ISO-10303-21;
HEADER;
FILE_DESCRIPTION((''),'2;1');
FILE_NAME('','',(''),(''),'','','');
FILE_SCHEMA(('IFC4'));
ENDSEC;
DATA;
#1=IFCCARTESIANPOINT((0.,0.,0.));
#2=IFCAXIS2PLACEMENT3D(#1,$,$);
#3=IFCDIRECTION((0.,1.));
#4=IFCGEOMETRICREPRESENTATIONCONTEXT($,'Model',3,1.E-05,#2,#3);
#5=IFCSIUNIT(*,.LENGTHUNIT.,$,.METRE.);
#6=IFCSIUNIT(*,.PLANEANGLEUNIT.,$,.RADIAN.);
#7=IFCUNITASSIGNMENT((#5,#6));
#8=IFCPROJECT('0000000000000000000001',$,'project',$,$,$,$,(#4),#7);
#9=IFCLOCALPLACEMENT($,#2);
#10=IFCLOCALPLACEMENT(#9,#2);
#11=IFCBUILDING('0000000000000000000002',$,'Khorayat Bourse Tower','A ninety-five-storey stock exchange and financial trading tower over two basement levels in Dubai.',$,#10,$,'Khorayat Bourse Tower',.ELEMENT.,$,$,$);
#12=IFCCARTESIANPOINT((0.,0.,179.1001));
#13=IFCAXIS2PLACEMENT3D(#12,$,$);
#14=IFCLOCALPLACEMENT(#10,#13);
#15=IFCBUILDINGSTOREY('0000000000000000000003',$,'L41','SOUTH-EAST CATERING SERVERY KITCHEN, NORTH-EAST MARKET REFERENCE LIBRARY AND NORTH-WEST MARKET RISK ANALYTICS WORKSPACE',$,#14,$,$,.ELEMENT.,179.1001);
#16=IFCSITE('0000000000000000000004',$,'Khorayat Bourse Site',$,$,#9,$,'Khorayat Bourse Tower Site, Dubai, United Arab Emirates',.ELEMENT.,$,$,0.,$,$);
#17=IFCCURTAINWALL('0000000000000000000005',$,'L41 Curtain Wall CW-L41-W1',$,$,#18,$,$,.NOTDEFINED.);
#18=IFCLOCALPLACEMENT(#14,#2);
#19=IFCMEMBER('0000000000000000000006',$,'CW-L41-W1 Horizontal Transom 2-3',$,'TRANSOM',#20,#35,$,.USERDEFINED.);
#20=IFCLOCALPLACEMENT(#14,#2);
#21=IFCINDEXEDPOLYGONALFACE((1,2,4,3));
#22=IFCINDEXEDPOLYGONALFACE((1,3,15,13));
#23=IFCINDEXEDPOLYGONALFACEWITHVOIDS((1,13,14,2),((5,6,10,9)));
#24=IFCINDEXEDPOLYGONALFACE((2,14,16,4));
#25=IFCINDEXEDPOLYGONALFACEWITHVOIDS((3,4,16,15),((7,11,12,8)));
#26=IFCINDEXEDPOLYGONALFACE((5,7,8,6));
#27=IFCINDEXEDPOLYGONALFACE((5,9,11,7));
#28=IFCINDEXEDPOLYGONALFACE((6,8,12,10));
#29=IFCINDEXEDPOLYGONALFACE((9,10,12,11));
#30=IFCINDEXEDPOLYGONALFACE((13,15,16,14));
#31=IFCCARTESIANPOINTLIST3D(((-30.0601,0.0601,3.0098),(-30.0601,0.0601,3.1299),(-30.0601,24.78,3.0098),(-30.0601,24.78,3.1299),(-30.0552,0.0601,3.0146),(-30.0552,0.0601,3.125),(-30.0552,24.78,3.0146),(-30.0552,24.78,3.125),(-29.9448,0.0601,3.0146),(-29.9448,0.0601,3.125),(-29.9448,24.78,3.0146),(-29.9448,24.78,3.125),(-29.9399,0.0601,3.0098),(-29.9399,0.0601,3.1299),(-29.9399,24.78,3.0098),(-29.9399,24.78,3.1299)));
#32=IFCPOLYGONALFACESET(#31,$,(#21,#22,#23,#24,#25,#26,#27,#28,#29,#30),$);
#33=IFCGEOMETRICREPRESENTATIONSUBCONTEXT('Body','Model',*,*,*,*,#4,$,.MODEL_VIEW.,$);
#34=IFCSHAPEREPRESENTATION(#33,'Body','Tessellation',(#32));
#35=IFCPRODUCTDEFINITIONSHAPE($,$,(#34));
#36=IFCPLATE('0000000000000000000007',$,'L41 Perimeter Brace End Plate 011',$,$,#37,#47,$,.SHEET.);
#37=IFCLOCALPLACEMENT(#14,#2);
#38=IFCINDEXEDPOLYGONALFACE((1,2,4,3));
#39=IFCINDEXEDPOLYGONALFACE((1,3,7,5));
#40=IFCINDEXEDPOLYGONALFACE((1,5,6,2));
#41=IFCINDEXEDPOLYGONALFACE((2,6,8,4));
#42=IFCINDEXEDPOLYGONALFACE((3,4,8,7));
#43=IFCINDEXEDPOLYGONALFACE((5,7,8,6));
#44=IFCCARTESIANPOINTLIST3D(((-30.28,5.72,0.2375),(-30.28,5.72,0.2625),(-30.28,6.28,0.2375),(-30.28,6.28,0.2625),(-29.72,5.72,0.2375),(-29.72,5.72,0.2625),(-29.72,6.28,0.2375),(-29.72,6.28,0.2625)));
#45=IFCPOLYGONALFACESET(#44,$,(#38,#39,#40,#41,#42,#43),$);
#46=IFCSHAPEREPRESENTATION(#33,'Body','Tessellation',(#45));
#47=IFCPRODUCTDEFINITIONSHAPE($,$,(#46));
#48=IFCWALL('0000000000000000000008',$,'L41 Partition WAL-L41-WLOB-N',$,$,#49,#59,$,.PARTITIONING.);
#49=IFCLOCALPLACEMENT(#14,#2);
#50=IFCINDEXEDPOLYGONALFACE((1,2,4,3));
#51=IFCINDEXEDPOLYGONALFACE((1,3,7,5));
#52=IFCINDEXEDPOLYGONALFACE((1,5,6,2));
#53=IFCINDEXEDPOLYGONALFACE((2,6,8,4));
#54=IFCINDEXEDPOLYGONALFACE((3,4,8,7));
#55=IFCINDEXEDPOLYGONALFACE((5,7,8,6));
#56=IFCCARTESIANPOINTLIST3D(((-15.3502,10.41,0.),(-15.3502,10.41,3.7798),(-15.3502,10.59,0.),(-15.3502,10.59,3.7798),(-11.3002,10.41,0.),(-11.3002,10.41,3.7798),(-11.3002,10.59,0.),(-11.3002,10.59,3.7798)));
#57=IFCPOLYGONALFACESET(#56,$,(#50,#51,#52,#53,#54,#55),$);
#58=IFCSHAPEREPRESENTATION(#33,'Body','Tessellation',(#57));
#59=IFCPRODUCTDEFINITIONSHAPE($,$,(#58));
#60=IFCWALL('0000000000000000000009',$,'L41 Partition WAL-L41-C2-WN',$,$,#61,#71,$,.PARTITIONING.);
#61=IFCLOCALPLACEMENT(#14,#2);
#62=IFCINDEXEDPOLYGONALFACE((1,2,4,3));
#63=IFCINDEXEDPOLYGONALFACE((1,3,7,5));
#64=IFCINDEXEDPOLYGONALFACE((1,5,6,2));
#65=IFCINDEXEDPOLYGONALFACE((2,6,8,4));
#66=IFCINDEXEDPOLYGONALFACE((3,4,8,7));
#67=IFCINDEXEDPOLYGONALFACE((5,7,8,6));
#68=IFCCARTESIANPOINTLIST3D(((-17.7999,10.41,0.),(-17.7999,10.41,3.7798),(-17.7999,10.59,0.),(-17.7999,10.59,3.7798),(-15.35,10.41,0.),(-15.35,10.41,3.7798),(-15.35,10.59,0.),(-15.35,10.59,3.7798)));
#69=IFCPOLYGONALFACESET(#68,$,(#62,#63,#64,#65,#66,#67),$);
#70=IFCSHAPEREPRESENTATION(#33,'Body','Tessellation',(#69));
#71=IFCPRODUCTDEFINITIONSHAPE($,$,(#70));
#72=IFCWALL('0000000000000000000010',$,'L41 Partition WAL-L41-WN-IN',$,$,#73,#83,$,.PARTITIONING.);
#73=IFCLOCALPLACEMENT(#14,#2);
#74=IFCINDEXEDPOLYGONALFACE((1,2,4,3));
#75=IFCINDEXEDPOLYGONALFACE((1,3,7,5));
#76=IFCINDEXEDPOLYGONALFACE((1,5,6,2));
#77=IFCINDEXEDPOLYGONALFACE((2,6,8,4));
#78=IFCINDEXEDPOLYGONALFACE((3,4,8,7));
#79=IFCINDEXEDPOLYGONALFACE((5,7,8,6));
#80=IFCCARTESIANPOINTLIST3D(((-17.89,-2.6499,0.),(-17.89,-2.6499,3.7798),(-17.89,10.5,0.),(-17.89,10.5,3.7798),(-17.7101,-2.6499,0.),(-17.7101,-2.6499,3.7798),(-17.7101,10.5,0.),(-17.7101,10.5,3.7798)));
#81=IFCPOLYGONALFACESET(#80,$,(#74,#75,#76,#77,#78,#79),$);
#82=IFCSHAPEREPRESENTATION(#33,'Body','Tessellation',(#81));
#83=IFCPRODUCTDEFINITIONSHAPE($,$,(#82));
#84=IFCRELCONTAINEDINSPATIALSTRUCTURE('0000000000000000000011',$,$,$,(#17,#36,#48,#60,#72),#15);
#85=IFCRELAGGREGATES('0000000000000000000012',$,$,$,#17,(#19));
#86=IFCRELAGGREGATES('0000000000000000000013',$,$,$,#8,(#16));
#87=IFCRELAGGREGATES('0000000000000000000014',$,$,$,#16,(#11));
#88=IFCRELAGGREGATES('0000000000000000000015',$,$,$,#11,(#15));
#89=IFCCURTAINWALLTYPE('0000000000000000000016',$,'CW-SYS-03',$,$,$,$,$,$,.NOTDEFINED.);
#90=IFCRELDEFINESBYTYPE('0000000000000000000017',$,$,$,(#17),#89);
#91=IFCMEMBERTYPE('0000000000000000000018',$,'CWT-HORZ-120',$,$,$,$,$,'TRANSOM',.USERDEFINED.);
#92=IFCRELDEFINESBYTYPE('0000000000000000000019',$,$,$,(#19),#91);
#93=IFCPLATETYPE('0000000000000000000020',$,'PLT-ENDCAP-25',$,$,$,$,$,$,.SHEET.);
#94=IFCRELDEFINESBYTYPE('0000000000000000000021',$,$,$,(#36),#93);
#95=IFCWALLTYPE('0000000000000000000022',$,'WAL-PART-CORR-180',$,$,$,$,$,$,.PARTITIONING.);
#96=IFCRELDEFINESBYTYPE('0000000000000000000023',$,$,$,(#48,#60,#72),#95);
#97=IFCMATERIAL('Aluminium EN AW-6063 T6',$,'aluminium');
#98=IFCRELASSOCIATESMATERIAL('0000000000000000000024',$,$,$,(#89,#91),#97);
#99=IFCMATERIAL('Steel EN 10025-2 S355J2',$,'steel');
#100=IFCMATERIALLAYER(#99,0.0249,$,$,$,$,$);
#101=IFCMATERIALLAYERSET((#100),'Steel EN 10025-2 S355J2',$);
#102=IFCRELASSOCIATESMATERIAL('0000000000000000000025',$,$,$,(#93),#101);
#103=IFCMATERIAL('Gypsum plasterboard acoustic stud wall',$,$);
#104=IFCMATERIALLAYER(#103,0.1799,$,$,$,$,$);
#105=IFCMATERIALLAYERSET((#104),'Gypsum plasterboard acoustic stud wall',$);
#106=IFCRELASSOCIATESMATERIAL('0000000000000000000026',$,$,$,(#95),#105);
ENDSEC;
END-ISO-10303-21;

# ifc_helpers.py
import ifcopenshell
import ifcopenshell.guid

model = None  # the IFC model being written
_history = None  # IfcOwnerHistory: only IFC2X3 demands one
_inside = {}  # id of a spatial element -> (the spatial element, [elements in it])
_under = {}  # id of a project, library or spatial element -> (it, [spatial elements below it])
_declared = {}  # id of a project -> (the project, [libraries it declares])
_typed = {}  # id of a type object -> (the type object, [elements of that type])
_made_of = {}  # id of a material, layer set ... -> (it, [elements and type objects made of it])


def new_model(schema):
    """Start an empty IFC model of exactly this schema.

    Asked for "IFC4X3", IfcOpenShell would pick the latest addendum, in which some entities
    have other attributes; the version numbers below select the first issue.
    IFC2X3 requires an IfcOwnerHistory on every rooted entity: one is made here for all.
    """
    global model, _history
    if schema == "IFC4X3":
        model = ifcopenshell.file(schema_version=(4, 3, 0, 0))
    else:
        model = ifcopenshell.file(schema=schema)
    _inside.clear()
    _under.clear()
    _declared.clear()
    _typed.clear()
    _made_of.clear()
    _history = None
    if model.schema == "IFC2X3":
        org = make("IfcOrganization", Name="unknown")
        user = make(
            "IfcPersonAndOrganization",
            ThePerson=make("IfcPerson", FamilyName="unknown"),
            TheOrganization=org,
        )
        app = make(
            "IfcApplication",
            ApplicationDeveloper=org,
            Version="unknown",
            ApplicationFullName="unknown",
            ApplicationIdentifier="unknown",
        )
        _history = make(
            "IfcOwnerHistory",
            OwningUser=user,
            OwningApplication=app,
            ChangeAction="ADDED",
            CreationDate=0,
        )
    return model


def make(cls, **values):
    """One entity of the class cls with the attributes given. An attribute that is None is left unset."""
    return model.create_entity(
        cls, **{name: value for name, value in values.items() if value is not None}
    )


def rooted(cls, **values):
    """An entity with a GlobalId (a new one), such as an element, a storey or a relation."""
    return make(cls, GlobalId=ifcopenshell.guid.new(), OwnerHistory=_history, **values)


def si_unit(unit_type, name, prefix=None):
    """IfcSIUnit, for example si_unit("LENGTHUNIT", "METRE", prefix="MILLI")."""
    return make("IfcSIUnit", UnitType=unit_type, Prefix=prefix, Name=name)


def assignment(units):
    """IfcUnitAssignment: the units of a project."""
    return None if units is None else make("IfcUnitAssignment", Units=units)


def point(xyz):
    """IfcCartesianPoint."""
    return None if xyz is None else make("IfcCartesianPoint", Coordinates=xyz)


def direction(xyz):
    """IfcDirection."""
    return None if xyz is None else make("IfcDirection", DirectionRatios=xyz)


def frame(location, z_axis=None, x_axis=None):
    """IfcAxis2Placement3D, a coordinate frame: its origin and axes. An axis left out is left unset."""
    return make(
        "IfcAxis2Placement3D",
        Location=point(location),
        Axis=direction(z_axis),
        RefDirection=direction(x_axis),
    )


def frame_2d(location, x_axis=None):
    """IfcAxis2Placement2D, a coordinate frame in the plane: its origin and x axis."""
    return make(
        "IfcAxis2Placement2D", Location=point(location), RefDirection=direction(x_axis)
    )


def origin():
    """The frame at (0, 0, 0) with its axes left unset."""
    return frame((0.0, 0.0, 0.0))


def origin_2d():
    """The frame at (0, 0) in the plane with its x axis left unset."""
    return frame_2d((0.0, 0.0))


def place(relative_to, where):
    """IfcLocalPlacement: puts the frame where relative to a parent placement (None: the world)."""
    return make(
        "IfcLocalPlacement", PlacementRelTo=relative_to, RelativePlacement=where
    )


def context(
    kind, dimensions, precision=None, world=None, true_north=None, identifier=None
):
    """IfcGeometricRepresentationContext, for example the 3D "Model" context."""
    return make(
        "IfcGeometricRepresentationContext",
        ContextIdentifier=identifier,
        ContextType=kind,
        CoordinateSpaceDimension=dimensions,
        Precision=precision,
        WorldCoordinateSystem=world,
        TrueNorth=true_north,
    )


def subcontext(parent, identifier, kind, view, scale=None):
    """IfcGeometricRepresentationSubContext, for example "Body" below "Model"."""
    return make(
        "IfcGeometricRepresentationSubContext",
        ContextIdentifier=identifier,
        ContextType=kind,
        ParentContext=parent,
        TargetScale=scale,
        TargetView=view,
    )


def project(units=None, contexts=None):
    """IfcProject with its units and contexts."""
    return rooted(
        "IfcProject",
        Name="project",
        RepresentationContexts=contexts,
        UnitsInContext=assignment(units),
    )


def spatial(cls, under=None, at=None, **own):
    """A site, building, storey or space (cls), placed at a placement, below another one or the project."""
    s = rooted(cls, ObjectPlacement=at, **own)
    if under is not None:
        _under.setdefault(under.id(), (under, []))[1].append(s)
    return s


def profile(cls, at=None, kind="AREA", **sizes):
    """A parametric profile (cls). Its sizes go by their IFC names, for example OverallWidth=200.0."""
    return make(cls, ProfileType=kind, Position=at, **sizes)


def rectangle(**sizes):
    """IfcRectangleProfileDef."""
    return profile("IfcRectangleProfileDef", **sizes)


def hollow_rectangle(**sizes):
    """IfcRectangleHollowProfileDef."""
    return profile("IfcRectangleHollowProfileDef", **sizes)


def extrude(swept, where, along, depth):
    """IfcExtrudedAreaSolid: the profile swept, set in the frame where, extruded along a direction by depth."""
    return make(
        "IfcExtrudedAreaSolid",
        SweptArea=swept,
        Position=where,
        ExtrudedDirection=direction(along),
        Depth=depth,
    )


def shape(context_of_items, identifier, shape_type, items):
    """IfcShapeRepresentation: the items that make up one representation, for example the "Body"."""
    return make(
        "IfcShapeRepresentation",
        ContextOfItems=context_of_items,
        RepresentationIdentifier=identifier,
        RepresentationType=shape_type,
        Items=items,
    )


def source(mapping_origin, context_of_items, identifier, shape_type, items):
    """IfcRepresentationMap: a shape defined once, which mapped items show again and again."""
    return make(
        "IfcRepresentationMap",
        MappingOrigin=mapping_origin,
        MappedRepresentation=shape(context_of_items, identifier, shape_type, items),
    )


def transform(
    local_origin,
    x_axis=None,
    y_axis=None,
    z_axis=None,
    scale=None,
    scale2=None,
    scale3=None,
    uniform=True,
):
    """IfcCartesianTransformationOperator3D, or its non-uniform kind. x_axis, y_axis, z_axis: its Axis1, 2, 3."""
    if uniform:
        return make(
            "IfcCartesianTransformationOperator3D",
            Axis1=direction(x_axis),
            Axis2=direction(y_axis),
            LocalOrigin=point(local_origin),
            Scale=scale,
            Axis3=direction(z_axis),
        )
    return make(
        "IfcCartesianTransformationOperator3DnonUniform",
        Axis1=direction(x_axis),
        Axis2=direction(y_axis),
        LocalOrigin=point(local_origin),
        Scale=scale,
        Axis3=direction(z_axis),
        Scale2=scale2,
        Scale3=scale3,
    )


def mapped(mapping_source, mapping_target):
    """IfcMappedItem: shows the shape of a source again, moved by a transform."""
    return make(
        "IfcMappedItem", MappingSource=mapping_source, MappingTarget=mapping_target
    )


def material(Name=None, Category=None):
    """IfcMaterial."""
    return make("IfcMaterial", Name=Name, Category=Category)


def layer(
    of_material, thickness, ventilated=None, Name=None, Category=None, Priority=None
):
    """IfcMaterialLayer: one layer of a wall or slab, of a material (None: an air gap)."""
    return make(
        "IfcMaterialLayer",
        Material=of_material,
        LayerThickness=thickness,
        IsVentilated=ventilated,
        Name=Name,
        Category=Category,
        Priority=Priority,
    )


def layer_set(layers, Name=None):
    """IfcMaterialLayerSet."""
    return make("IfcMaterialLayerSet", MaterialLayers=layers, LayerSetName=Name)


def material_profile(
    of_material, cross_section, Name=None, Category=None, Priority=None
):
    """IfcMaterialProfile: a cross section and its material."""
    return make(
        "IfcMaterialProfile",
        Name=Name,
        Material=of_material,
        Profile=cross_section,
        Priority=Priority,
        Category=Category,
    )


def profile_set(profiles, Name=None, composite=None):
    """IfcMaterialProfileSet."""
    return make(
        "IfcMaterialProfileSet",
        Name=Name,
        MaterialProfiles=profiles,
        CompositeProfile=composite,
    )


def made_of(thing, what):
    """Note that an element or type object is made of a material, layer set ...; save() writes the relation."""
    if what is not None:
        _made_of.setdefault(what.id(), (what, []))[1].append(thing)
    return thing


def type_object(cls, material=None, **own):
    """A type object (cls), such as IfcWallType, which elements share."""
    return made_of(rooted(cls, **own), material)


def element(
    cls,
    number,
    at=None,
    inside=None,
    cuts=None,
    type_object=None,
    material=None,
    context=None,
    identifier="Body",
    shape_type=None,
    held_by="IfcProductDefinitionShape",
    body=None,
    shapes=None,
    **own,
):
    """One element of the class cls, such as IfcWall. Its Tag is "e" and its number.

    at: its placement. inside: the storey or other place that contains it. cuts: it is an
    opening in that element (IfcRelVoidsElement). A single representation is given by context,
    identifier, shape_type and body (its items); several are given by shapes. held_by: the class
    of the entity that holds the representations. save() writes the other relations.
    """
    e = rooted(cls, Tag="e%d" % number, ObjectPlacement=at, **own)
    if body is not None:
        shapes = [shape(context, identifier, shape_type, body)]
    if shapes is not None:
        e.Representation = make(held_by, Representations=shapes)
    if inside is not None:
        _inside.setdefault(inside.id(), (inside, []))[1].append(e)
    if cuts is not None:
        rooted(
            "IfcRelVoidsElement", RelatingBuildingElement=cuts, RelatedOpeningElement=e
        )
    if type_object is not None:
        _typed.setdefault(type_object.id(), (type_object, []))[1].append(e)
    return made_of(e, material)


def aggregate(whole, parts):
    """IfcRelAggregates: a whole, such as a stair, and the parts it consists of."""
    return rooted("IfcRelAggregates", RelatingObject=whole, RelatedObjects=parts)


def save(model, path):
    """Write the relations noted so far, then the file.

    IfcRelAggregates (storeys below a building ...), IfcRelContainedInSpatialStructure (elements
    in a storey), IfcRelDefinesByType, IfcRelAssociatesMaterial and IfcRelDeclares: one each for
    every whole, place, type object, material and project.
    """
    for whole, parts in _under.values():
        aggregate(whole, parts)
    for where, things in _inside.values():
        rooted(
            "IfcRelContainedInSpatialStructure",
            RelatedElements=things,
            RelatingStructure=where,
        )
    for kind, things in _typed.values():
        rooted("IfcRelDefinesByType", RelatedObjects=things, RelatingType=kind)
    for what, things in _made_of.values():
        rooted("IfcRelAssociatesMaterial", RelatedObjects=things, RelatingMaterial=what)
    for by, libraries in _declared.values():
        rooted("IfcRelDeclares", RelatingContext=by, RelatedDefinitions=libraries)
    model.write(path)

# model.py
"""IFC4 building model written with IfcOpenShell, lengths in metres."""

from ifc_helpers import new_model, si_unit, direction, frame, frame_2d, origin, origin_2d, place, context, subcontext, project, spatial, rectangle, hollow_rectangle, extrude, source, transform, mapped, material, layer, layer_set, material_profile, profile_set, type_object, element, aggregate, save


model = new_model("IFC4")

# Units and contexts
model_context = context("Model", 3, precision=1e-05, world=origin(), true_north=direction((0.0, 1.0)))
body_context = subcontext(model_context, "Body", "Model", "MODEL_VIEW")
ifc_project = project(units=[si_unit("LENGTHUNIT", "METRE"), si_unit("PLANEANGLEUNIT", "RADIAN")], contexts=[model_context])

# Site, building, storey
site_placement = place(None, origin())
site = spatial("IfcSite", under=ifc_project, at=site_placement, Name="Khorayat Bourse Site", LongName="Khorayat Bourse Tower Site, Dubai, United Arab Emirates", CompositionType="ELEMENT", RefElevation=0.0)
building_placement = place(site_placement, origin())
building = spatial("IfcBuilding", under=site, at=building_placement, Name="Khorayat Bourse Tower", Description="A ninety-five-storey stock exchange and financial trading tower over two basement levels in Dubai.", LongName="Khorayat Bourse Tower", CompositionType="ELEMENT")
storey_placement = place(building_placement, frame((0.0, 0.0, 179.1001)))
storey = spatial("IfcBuildingStorey", under=building, at=storey_placement, Name="L41", Description="SOUTH-EAST CATERING SERVERY KITCHEN, NORTH-EAST MARKET REFERENCE LIBRARY AND NORTH-WEST MARKET RISK ANALYTICS WORKSPACE", CompositionType="ELEMENT", Elevation=179.1001)

# Curtain wall, member
ifc_material_1 = material(Name="Aluminium EN AW-6063 T6", Category="aluminium")
curtain_wall_type = type_object("IfcCurtainWallType", Name="CW-SYS-03", PredefinedType="NOTDEFINED", material=ifc_material_1)
curtain_wall_placement = place(storey_placement, origin())
curtain_wall = element("IfcCurtainWall", 1, at=curtain_wall_placement, inside=storey, type_object=curtain_wall_type, Name="L41 Curtain Wall CW-L41-W1", PredefinedType="NOTDEFINED")
ifc_material_profile_1 = material_profile(ifc_material_1, hollow_rectangle(XDim=0.1201, YDim=0.1201, WallThickness=0.0049, at=origin_2d()), Name="ALU 120x120x5")
ifc_profile_set_1 = profile_set([ifc_material_profile_1], Name="Aluminium EN AW-6063 T6")
member_type_1 = type_object("IfcMemberType", Name="CWT-HORZ-120", ElementType="TRANSOM", PredefinedType="USERDEFINED", material=ifc_profile_set_1)
shared_shape_1 = source(origin(), body_context, "Body", "SweptSolid", [
    extrude(hollow_rectangle(XDim=0.1201, YDim=0.1201, WallThickness=0.0049, at=origin_2d()), origin(), (0.0, 0.0, 1.0), 24.72),
])
member_1_placement = place(storey_placement, frame((-30.0, 0.0601, 3.0698), z_axis=(0.0, 1.0, 0.0), x_axis=(-1.0, 0.0, 0.0)))
member_1 = element("IfcMember", 2, at=member_1_placement, type_object=member_type_1, Name="CW-L41-W1 Horizontal Transom 2-3", ObjectType="TRANSOM", PredefinedType="USERDEFINED", context=body_context, shape_type="MappedRepresentation", body=[
    mapped(shared_shape_1, transform((0.0, 0.0, 0.0), scale=1.0)),
])
aggregate(curtain_wall, [member_1])

# Plate
ifc_material_2 = material(Name="Steel EN 10025-2 S355J2", Category="steel")
ifc_layer_1 = layer(ifc_material_2, 0.0249)
ifc_layer_set_1 = layer_set([ifc_layer_1], Name="Steel EN 10025-2 S355J2")
plate_type = type_object("IfcPlateType", Name="PLT-ENDCAP-25", PredefinedType="SHEET", material=ifc_layer_set_1)
shared_shape_2 = source(origin(), body_context, "Body", "SweptSolid", [
    extrude(rectangle(XDim=0.5601, YDim=0.5601, at=origin_2d()), origin(), (0.0, 0.0, 1.0), 0.0249),
])
plate_placement = place(storey_placement, frame((-30.0, 6.0, 0.2375), z_axis=(0.0, 0.0, 1.0), x_axis=(1.0, 0.0, 0.0)))
element("IfcPlate", 3, at=plate_placement, inside=storey, type_object=plate_type, Name="L41 Perimeter Brace End Plate 011", PredefinedType="SHEET", context=body_context, shape_type="MappedRepresentation", body=[
    mapped(shared_shape_2, transform((0.0, 0.0, 0.0), scale=1.0)),
])

# Walls
ifc_material_3 = material(Name="Gypsum plasterboard acoustic stud wall")
ifc_layer_2 = layer(ifc_material_3, 0.1799)
ifc_layer_set_2 = layer_set([ifc_layer_2], Name="Gypsum plasterboard acoustic stud wall")
wall_type = type_object("IfcWallType", Name="WAL-PART-CORR-180", PredefinedType="PARTITIONING", material=ifc_layer_set_2)
shared_shape_3 = source(origin(), body_context, "Body", "SweptSolid", [
    extrude(rectangle(XDim=4.05, YDim=0.1799, at=frame_2d((2.0249, 0.0))), origin(), (0.0, 0.0, 1.0), 3.7798),
])
wall_1_placement = place(storey_placement, frame((-15.3501, 10.5, 0.0), z_axis=(0.0, 0.0, 1.0), x_axis=(1.0, 0.0, 0.0)))
element("IfcWall", 4, at=wall_1_placement, inside=storey, type_object=wall_type, Name="L41 Partition WAL-L41-WLOB-N", PredefinedType="PARTITIONING", context=body_context, shape_type="MappedRepresentation", body=[
    mapped(shared_shape_3, transform((0.0, 0.0, 0.0), scale=1.0)),
])
shared_shape_4 = source(origin(), body_context, "Body", "SweptSolid", [
    extrude(rectangle(XDim=2.45, YDim=0.1799, at=frame_2d((1.2251, 0.0))), origin(), (0.0, 0.0, 1.0), 3.7798),
])
wall_2_placement = place(storey_placement, frame((-17.8, 10.5, 0.0), z_axis=(0.0, 0.0, 1.0), x_axis=(1.0, 0.0, 0.0)))
element("IfcWall", 5, at=wall_2_placement, inside=storey, type_object=wall_type, Name="L41 Partition WAL-L41-C2-WN", PredefinedType="PARTITIONING", context=body_context, shape_type="MappedRepresentation", body=[
    mapped(shared_shape_4, transform((0.0, 0.0, 0.0), scale=1.0)),
])
shared_shape_5 = source(origin(), body_context, "Body", "SweptSolid", [
    extrude(rectangle(XDim=13.1499, YDim=0.1799, at=frame_2d((6.575, 0.0))), origin(), (0.0, 0.0, 1.0), 3.7798),
])
wall_3_placement = place(storey_placement, frame((-17.8, -2.6499, 0.0), z_axis=(0.0, 0.0, 1.0), x_axis=(0.0, 1.0, 0.0)))
element("IfcWall", 6, at=wall_3_placement, inside=storey, type_object=wall_type, Name="L41 Partition WAL-L41-WN-IN", PredefinedType="PARTITIONING", context=body_context, shape_type="MappedRepresentation", body=[
    mapped(shared_shape_5, transform((0.0, 0.0, 0.0), scale=1.0)),
])

save(model, "model.ifc")
